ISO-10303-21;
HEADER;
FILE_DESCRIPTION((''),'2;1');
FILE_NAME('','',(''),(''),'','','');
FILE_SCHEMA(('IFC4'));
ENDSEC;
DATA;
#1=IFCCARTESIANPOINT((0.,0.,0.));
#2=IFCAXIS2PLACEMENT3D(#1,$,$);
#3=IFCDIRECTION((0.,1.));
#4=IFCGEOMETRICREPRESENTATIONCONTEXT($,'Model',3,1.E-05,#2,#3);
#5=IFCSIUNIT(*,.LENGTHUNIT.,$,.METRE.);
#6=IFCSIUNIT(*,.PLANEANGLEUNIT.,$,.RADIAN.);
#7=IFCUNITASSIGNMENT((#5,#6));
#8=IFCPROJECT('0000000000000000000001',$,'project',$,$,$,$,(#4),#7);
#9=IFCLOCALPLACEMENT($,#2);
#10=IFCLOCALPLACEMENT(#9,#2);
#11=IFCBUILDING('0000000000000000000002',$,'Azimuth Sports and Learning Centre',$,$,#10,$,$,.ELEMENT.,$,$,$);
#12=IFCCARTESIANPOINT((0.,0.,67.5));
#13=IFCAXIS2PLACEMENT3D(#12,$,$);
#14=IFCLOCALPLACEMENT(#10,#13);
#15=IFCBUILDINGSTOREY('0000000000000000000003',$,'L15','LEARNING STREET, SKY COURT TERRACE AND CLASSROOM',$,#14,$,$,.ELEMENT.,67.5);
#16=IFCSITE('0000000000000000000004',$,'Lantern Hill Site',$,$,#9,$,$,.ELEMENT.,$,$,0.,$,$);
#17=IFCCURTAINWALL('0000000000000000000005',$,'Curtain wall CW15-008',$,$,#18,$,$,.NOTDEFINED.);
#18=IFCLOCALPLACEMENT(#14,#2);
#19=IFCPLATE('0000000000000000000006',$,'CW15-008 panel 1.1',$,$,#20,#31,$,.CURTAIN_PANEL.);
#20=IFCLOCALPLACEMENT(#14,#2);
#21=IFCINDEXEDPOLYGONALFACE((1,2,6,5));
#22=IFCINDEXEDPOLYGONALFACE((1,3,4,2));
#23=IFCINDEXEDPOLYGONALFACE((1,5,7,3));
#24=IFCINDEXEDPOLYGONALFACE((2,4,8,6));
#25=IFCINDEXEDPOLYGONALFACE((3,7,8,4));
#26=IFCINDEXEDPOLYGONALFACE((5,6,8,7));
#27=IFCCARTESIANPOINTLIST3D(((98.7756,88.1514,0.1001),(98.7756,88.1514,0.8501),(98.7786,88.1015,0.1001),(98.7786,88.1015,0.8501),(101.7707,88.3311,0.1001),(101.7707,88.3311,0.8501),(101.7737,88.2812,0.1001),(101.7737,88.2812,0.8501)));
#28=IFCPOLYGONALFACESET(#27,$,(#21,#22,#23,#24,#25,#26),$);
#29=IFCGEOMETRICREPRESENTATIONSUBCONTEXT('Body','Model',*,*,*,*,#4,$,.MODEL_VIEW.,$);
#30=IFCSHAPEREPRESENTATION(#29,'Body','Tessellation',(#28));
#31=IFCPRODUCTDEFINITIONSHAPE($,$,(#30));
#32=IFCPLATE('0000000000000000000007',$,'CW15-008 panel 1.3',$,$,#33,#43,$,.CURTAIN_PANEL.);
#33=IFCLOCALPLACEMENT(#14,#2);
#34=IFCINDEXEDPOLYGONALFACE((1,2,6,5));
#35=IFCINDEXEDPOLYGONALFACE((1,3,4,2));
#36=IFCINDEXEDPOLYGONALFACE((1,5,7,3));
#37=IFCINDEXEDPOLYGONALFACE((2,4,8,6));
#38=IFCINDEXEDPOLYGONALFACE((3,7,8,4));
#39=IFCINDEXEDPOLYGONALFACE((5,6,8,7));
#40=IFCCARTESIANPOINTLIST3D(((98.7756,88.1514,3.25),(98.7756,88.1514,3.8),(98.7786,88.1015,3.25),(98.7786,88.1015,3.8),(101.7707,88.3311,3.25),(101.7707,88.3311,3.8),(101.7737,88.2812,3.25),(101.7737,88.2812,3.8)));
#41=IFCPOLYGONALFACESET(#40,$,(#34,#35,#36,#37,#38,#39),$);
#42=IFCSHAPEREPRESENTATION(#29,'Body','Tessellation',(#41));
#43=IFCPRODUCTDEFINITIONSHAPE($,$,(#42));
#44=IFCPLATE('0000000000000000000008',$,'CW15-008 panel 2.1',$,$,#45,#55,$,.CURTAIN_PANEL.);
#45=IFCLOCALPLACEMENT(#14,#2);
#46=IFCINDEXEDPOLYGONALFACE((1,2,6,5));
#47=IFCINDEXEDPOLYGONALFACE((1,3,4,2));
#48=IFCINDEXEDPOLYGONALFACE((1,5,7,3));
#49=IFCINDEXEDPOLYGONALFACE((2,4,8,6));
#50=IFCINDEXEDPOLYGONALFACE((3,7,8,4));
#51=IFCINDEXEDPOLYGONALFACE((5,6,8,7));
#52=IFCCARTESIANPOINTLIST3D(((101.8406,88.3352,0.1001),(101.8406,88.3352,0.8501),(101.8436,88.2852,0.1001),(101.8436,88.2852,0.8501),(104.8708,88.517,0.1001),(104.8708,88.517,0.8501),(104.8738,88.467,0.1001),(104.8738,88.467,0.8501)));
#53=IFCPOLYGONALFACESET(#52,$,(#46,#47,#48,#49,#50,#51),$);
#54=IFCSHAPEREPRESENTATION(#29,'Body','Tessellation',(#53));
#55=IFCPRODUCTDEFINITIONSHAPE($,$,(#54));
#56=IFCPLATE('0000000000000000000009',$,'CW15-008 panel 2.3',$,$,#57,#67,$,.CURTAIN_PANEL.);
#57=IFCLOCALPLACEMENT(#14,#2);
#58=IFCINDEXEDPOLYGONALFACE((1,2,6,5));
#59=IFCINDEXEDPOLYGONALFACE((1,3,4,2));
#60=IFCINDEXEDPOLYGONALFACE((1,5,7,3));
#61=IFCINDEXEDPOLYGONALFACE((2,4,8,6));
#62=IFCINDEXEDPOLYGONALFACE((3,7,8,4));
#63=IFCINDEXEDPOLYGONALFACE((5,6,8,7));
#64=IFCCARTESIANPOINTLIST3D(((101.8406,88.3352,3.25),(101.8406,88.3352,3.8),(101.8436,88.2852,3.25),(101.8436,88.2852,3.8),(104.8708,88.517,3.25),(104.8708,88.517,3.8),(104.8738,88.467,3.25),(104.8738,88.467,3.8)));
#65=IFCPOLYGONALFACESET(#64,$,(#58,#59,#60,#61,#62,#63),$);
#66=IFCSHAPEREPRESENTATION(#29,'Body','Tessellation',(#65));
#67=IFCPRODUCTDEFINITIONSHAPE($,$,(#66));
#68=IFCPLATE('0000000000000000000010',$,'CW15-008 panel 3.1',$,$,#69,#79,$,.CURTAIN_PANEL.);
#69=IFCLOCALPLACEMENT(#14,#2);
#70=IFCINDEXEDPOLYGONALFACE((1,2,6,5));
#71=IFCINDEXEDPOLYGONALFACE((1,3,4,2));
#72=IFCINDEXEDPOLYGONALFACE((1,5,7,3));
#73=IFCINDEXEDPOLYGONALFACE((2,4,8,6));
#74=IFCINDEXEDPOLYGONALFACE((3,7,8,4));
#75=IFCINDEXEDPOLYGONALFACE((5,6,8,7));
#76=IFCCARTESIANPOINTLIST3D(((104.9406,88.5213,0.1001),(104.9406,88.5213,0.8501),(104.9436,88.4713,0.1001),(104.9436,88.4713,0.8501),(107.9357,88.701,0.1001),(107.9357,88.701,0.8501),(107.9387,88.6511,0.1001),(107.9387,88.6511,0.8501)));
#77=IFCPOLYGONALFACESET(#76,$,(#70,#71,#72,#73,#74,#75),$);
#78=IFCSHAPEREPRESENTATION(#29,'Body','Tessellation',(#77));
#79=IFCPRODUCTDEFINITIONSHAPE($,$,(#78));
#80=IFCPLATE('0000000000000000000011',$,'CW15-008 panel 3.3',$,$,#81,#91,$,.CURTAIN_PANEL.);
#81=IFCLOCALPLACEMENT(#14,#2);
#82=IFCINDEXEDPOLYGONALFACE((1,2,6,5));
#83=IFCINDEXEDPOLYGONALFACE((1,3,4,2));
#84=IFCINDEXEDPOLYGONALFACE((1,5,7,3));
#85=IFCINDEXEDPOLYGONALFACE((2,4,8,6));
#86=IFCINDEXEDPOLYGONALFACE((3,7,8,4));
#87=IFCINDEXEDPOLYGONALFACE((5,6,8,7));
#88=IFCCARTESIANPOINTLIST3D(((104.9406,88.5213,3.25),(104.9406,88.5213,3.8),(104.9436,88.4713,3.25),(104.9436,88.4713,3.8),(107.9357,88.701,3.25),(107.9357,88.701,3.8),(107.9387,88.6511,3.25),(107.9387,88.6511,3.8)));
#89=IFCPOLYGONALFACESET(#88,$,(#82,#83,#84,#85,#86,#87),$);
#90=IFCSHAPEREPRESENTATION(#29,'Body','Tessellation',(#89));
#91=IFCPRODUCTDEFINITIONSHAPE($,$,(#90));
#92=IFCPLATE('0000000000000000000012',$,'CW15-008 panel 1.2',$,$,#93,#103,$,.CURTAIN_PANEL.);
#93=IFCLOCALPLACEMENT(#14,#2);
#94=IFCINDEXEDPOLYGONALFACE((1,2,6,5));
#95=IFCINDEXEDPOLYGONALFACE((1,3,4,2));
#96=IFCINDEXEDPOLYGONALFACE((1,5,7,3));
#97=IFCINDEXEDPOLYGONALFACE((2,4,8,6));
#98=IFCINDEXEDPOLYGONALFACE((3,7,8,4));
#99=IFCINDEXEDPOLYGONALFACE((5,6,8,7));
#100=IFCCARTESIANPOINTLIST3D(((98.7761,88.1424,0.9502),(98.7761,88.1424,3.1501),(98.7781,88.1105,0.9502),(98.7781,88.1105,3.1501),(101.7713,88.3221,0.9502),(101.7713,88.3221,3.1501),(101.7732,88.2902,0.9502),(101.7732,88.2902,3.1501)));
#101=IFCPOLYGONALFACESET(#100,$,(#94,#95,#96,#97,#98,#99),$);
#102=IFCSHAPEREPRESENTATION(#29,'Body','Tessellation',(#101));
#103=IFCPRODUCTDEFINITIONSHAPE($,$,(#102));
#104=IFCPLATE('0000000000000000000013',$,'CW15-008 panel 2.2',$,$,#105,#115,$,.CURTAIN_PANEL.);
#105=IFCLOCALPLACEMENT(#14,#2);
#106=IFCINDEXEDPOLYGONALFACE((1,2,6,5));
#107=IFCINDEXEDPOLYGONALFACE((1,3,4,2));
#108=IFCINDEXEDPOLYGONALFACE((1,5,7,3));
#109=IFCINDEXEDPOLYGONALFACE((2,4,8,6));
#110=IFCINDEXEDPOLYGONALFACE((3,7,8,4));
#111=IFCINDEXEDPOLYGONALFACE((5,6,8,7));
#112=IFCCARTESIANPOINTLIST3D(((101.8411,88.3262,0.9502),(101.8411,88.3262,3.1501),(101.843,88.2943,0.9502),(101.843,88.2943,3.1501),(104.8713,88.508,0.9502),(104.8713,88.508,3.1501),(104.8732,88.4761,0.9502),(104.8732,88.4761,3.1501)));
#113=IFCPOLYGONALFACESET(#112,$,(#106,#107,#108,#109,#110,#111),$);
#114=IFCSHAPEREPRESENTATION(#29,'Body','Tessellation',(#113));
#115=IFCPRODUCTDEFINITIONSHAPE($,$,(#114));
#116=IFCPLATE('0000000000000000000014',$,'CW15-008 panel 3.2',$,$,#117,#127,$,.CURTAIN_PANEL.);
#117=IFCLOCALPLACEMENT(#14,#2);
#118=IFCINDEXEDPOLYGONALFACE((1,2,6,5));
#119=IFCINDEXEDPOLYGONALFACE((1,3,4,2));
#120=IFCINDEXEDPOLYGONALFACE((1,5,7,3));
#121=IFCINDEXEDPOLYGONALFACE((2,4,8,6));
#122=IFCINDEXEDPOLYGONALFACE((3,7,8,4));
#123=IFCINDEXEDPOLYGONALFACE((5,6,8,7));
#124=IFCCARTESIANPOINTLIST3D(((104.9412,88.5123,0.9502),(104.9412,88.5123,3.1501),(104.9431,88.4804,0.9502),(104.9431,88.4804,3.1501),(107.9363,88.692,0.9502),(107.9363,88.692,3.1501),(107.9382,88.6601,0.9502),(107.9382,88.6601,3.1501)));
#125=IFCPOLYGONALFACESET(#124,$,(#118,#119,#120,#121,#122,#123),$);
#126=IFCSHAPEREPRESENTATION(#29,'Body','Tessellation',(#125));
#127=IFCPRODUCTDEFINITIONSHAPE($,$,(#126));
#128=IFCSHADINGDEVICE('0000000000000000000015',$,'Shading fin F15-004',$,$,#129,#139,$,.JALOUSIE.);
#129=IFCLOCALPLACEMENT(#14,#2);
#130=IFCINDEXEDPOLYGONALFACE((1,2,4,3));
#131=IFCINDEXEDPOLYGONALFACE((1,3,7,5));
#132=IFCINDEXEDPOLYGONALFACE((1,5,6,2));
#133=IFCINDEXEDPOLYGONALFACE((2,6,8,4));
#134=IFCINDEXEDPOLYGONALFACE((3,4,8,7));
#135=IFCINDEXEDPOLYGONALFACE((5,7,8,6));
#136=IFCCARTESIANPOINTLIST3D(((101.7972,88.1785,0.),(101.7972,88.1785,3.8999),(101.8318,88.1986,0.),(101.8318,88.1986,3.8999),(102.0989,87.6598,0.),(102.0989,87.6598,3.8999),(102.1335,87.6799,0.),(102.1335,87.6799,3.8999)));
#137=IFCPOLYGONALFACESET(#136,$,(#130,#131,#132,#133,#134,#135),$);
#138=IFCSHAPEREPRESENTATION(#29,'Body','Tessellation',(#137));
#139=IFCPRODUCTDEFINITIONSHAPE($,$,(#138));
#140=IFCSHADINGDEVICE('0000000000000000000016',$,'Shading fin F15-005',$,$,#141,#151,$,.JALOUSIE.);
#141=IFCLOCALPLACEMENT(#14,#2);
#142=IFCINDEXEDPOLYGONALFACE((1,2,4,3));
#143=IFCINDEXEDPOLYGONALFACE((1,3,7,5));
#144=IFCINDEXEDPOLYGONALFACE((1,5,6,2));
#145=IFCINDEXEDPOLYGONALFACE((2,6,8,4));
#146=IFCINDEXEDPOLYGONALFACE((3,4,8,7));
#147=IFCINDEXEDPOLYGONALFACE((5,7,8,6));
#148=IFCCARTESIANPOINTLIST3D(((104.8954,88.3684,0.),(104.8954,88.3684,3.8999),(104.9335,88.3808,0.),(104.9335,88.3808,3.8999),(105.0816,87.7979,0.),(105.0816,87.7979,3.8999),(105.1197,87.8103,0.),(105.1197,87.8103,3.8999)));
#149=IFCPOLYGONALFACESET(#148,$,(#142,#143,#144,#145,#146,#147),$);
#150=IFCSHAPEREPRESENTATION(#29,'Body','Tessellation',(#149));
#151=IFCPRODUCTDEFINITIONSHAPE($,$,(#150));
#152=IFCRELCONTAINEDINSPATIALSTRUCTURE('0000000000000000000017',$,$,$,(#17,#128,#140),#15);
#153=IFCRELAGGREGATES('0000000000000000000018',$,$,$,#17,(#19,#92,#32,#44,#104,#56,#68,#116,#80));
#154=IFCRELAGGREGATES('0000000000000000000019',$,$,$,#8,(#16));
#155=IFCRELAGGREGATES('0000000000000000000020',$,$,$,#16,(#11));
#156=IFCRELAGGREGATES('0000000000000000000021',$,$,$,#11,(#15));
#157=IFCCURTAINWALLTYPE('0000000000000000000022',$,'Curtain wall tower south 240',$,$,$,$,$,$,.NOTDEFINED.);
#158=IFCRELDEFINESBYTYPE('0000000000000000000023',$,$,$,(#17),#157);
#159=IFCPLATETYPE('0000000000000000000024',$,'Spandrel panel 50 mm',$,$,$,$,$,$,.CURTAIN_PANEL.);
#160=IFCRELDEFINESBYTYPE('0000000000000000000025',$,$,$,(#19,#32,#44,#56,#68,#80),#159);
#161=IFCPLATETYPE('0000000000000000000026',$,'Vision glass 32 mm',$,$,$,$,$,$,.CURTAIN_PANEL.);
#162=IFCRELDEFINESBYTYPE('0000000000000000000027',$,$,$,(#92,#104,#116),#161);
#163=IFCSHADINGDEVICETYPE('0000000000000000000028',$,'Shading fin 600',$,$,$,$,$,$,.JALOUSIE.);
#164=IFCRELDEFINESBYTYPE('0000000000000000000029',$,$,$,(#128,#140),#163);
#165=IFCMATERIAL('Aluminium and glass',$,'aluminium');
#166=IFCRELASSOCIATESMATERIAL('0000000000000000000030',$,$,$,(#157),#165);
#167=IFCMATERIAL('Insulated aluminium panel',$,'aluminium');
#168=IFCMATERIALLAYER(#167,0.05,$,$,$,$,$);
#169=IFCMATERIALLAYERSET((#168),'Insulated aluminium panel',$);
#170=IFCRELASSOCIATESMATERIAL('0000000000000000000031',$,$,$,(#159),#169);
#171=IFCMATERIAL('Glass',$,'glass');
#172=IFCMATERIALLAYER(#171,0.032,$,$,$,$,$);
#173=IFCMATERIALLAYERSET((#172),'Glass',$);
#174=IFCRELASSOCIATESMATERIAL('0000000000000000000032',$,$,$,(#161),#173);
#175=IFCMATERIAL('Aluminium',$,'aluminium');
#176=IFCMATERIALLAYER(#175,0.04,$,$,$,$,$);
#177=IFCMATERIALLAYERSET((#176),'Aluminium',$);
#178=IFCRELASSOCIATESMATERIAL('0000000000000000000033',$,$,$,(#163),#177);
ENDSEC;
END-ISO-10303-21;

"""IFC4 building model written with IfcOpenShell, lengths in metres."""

from ifc_helpers import new_model, si_unit, direction, frame, origin, origin_2d, place, context, subcontext, project, spatial, rectangle, extrude, material, layer, layer_set, type_object, element, aggregate, save


model = new_model("IFC4")

# Units and contexts
model_context = context("Model", 3, precision=1e-05, world=origin(), true_north=direction((0.0, 1.0)))
body_context = subcontext(model_context, "Body", "Model", "MODEL_VIEW")
ifc_project = project(units=[si_unit("LENGTHUNIT", "METRE"), si_unit("PLANEANGLEUNIT", "RADIAN")], contexts=[model_context])

# Site, building, storey
site_placement = place(None, origin())
site = spatial("IfcSite", under=ifc_project, at=site_placement, Name="Lantern Hill Site", CompositionType="ELEMENT", RefElevation=0.0)
building_placement = place(site_placement, origin())
building = spatial("IfcBuilding", under=site, at=building_placement, Name="Azimuth Sports and Learning Centre", CompositionType="ELEMENT")
storey_placement = place(building_placement, frame((0.0, 0.0, 67.5)))
storey = spatial("IfcBuildingStorey", under=building, at=storey_placement, Name="L15", Description="LEARNING STREET, SKY COURT TERRACE AND CLASSROOM", CompositionType="ELEMENT", Elevation=67.5)

# Curtain wall, plates
ifc_material_1 = material(Name="Aluminium and glass", Category="aluminium")
curtain_wall_type = type_object("IfcCurtainWallType", Name="Curtain wall tower south 240", PredefinedType="NOTDEFINED", material=ifc_material_1)
curtain_wall_placement = place(storey_placement, origin())
curtain_wall = element("IfcCurtainWall", 1, at=curtain_wall_placement, inside=storey, type_object=curtain_wall_type, Name="Curtain wall CW15-008", PredefinedType="NOTDEFINED")
ifc_material_2 = material(Name="Insulated aluminium panel", Category="aluminium")
ifc_layer_1 = layer(ifc_material_2, 0.05)
ifc_layer_set_1 = layer_set([ifc_layer_1], Name="Insulated aluminium panel")
plate_type_1 = type_object("IfcPlateType", Name="Spandrel panel 50 mm", PredefinedType="CURTAIN_PANEL", material=ifc_layer_set_1)
plate_1_placement = place(storey_placement, frame((100.2747, 88.2163, 0.1001), z_axis=(0.0, 0.0, 1.0), x_axis=(0.998205, 0.059892, 0.0)))
plate_1 = element("IfcPlate", 2, at=plate_1_placement, type_object=plate_type_1, Name="CW15-008 panel 1.1", PredefinedType="CURTAIN_PANEL", context=body_context, shape_type="SweptSolid", body=[
    extrude(rectangle(XDim=3.0005, YDim=0.05, at=origin_2d()), origin(), (0.0, 0.0, 1.0), 0.75),
])
plate_2_placement = place(storey_placement, frame((100.2747, 88.2163, 3.25), z_axis=(0.0, 0.0, 1.0), x_axis=(0.998205, 0.059892, 0.0)))
plate_2 = element("IfcPlate", 3, at=plate_2_placement, type_object=plate_type_1, Name="CW15-008 panel 1.3", PredefinedType="CURTAIN_PANEL", context=body_context, shape_type="SweptSolid", body=[
    extrude(rectangle(XDim=3.0005, YDim=0.05, at=origin_2d()), origin(), (0.0, 0.0, 1.0), 0.55),
])
plate_3_placement = place(storey_placement, frame((103.3572, 88.4011, 0.1001), z_axis=(0.0, 0.0, 1.0), x_axis=(0.998205, 0.059892, 0.0)))
plate_3 = element("IfcPlate", 4, at=plate_3_placement, type_object=plate_type_1, Name="CW15-008 panel 2.1", PredefinedType="CURTAIN_PANEL", context=body_context, shape_type="SweptSolid", body=[
    extrude(rectangle(XDim=3.0356, YDim=0.05, at=origin_2d()), origin(), (0.0, 0.0, 1.0), 0.75),
])
plate_4_placement = place(storey_placement, frame((103.3572, 88.4011, 3.25), z_axis=(0.0, 0.0, 1.0), x_axis=(0.998205, 0.059892, 0.0)))
plate_4 = element("IfcPlate", 5, at=plate_4_placement, type_object=plate_type_1, Name="CW15-008 panel 2.3", PredefinedType="CURTAIN_PANEL", context=body_context, shape_type="SweptSolid", body=[
    extrude(rectangle(XDim=3.0356, YDim=0.05, at=origin_2d()), origin(), (0.0, 0.0, 1.0), 0.55),
])
plate_5_placement = place(storey_placement, frame((106.4397, 88.5862, 0.1001), z_axis=(0.0, 0.0, 1.0), x_axis=(0.998205, 0.059892, 0.0)))
plate_5 = element("IfcPlate", 6, at=plate_5_placement, type_object=plate_type_1, Name="CW15-008 panel 3.1", PredefinedType="CURTAIN_PANEL", context=body_context, shape_type="SweptSolid", body=[
    extrude(rectangle(XDim=3.0005, YDim=0.05, at=origin_2d()), origin(), (0.0, 0.0, 1.0), 0.75),
])
plate_6_placement = place(storey_placement, frame((106.4397, 88.5862, 3.25), z_axis=(0.0, 0.0, 1.0), x_axis=(0.998205, 0.059892, 0.0)))
plate_6 = element("IfcPlate", 7, at=plate_6_placement, type_object=plate_type_1, Name="CW15-008 panel 3.3", PredefinedType="CURTAIN_PANEL", context=body_context, shape_type="SweptSolid", body=[
    extrude(rectangle(XDim=3.0005, YDim=0.05, at=origin_2d()), origin(), (0.0, 0.0, 1.0), 0.55),
])
ifc_material_3 = material(Name="Glass", Category="glass")
ifc_layer_2 = layer(ifc_material_3, 0.032)
ifc_layer_set_2 = layer_set([ifc_layer_2], Name="Glass")
plate_type_2 = type_object("IfcPlateType", Name="Vision glass 32 mm", PredefinedType="CURTAIN_PANEL", material=ifc_layer_set_2)
plate_7_placement = place(storey_placement, frame((100.2747, 88.2163, 0.9502), z_axis=(0.0, 0.0, 1.0), x_axis=(0.998205, 0.059892, 0.0)))
plate_7 = element("IfcPlate", 8, at=plate_7_placement, type_object=plate_type_2, Name="CW15-008 panel 1.2", PredefinedType="CURTAIN_PANEL", context=body_context, shape_type="SweptSolid", body=[
    extrude(rectangle(XDim=3.0005, YDim=0.032, at=origin_2d()), origin(), (0.0, 0.0, 1.0), 2.2),
])
plate_8_placement = place(storey_placement, frame((103.3572, 88.4011, 0.9502), z_axis=(0.0, 0.0, 1.0), x_axis=(0.998205, 0.059892, 0.0)))
plate_8 = element("IfcPlate", 9, at=plate_8_placement, type_object=plate_type_2, Name="CW15-008 panel 2.2", PredefinedType="CURTAIN_PANEL", context=body_context, shape_type="SweptSolid", body=[
    extrude(rectangle(XDim=3.0356, YDim=0.032, at=origin_2d()), origin(), (0.0, 0.0, 1.0), 2.2),
])
plate_9_placement = place(storey_placement, frame((106.4397, 88.5862, 0.9502), z_axis=(0.0, 0.0, 1.0), x_axis=(0.998205, 0.059892, 0.0)))
plate_9 = element("IfcPlate", 10, at=plate_9_placement, type_object=plate_type_2, Name="CW15-008 panel 3.2", PredefinedType="CURTAIN_PANEL", context=body_context, shape_type="SweptSolid", body=[
    extrude(rectangle(XDim=3.0005, YDim=0.032, at=origin_2d()), origin(), (0.0, 0.0, 1.0), 2.2),
])
aggregate(curtain_wall, [plate_1, plate_7, plate_2, plate_3, plate_8, plate_4, plate_5, plate_9, plate_6])

# Shading devices
ifc_material_4 = material(Name="Aluminium", Category="aluminium")
ifc_layer_3 = layer(ifc_material_4, 0.04)
ifc_layer_set_3 = layer_set([ifc_layer_3], Name="Aluminium")
shading_device_type = type_object("IfcShadingDeviceType", Name="Shading fin 600", PredefinedType="JALOUSIE", material=ifc_layer_set_3)
for number, where, z_axis, x_axis, name in (
    (11, (101.9653, 87.9292, 0.0), (0.0, 0.0, 1.0), (0.502821, -0.86439, 0.0), "Shading fin F15-004"),
    (12, (105.0076, 88.0894, 0.0), (0.0, 0.0, 1.0), (0.31028, -0.950645, 0.0), "Shading fin F15-005"),
):
    element("IfcShadingDevice", number, at=place(storey_placement, frame(where, z_axis=z_axis, x_axis=x_axis)), inside=storey, type_object=shading_device_type, Name=name, PredefinedType="JALOUSIE", context=body_context, shape_type="SweptSolid", body=[
        extrude(rectangle(XDim=0.6001, YDim=0.04, at=origin_2d()), origin(), (0.0, 0.0, 1.0), 3.8999),
    ])

save(model, "model.ifc")
